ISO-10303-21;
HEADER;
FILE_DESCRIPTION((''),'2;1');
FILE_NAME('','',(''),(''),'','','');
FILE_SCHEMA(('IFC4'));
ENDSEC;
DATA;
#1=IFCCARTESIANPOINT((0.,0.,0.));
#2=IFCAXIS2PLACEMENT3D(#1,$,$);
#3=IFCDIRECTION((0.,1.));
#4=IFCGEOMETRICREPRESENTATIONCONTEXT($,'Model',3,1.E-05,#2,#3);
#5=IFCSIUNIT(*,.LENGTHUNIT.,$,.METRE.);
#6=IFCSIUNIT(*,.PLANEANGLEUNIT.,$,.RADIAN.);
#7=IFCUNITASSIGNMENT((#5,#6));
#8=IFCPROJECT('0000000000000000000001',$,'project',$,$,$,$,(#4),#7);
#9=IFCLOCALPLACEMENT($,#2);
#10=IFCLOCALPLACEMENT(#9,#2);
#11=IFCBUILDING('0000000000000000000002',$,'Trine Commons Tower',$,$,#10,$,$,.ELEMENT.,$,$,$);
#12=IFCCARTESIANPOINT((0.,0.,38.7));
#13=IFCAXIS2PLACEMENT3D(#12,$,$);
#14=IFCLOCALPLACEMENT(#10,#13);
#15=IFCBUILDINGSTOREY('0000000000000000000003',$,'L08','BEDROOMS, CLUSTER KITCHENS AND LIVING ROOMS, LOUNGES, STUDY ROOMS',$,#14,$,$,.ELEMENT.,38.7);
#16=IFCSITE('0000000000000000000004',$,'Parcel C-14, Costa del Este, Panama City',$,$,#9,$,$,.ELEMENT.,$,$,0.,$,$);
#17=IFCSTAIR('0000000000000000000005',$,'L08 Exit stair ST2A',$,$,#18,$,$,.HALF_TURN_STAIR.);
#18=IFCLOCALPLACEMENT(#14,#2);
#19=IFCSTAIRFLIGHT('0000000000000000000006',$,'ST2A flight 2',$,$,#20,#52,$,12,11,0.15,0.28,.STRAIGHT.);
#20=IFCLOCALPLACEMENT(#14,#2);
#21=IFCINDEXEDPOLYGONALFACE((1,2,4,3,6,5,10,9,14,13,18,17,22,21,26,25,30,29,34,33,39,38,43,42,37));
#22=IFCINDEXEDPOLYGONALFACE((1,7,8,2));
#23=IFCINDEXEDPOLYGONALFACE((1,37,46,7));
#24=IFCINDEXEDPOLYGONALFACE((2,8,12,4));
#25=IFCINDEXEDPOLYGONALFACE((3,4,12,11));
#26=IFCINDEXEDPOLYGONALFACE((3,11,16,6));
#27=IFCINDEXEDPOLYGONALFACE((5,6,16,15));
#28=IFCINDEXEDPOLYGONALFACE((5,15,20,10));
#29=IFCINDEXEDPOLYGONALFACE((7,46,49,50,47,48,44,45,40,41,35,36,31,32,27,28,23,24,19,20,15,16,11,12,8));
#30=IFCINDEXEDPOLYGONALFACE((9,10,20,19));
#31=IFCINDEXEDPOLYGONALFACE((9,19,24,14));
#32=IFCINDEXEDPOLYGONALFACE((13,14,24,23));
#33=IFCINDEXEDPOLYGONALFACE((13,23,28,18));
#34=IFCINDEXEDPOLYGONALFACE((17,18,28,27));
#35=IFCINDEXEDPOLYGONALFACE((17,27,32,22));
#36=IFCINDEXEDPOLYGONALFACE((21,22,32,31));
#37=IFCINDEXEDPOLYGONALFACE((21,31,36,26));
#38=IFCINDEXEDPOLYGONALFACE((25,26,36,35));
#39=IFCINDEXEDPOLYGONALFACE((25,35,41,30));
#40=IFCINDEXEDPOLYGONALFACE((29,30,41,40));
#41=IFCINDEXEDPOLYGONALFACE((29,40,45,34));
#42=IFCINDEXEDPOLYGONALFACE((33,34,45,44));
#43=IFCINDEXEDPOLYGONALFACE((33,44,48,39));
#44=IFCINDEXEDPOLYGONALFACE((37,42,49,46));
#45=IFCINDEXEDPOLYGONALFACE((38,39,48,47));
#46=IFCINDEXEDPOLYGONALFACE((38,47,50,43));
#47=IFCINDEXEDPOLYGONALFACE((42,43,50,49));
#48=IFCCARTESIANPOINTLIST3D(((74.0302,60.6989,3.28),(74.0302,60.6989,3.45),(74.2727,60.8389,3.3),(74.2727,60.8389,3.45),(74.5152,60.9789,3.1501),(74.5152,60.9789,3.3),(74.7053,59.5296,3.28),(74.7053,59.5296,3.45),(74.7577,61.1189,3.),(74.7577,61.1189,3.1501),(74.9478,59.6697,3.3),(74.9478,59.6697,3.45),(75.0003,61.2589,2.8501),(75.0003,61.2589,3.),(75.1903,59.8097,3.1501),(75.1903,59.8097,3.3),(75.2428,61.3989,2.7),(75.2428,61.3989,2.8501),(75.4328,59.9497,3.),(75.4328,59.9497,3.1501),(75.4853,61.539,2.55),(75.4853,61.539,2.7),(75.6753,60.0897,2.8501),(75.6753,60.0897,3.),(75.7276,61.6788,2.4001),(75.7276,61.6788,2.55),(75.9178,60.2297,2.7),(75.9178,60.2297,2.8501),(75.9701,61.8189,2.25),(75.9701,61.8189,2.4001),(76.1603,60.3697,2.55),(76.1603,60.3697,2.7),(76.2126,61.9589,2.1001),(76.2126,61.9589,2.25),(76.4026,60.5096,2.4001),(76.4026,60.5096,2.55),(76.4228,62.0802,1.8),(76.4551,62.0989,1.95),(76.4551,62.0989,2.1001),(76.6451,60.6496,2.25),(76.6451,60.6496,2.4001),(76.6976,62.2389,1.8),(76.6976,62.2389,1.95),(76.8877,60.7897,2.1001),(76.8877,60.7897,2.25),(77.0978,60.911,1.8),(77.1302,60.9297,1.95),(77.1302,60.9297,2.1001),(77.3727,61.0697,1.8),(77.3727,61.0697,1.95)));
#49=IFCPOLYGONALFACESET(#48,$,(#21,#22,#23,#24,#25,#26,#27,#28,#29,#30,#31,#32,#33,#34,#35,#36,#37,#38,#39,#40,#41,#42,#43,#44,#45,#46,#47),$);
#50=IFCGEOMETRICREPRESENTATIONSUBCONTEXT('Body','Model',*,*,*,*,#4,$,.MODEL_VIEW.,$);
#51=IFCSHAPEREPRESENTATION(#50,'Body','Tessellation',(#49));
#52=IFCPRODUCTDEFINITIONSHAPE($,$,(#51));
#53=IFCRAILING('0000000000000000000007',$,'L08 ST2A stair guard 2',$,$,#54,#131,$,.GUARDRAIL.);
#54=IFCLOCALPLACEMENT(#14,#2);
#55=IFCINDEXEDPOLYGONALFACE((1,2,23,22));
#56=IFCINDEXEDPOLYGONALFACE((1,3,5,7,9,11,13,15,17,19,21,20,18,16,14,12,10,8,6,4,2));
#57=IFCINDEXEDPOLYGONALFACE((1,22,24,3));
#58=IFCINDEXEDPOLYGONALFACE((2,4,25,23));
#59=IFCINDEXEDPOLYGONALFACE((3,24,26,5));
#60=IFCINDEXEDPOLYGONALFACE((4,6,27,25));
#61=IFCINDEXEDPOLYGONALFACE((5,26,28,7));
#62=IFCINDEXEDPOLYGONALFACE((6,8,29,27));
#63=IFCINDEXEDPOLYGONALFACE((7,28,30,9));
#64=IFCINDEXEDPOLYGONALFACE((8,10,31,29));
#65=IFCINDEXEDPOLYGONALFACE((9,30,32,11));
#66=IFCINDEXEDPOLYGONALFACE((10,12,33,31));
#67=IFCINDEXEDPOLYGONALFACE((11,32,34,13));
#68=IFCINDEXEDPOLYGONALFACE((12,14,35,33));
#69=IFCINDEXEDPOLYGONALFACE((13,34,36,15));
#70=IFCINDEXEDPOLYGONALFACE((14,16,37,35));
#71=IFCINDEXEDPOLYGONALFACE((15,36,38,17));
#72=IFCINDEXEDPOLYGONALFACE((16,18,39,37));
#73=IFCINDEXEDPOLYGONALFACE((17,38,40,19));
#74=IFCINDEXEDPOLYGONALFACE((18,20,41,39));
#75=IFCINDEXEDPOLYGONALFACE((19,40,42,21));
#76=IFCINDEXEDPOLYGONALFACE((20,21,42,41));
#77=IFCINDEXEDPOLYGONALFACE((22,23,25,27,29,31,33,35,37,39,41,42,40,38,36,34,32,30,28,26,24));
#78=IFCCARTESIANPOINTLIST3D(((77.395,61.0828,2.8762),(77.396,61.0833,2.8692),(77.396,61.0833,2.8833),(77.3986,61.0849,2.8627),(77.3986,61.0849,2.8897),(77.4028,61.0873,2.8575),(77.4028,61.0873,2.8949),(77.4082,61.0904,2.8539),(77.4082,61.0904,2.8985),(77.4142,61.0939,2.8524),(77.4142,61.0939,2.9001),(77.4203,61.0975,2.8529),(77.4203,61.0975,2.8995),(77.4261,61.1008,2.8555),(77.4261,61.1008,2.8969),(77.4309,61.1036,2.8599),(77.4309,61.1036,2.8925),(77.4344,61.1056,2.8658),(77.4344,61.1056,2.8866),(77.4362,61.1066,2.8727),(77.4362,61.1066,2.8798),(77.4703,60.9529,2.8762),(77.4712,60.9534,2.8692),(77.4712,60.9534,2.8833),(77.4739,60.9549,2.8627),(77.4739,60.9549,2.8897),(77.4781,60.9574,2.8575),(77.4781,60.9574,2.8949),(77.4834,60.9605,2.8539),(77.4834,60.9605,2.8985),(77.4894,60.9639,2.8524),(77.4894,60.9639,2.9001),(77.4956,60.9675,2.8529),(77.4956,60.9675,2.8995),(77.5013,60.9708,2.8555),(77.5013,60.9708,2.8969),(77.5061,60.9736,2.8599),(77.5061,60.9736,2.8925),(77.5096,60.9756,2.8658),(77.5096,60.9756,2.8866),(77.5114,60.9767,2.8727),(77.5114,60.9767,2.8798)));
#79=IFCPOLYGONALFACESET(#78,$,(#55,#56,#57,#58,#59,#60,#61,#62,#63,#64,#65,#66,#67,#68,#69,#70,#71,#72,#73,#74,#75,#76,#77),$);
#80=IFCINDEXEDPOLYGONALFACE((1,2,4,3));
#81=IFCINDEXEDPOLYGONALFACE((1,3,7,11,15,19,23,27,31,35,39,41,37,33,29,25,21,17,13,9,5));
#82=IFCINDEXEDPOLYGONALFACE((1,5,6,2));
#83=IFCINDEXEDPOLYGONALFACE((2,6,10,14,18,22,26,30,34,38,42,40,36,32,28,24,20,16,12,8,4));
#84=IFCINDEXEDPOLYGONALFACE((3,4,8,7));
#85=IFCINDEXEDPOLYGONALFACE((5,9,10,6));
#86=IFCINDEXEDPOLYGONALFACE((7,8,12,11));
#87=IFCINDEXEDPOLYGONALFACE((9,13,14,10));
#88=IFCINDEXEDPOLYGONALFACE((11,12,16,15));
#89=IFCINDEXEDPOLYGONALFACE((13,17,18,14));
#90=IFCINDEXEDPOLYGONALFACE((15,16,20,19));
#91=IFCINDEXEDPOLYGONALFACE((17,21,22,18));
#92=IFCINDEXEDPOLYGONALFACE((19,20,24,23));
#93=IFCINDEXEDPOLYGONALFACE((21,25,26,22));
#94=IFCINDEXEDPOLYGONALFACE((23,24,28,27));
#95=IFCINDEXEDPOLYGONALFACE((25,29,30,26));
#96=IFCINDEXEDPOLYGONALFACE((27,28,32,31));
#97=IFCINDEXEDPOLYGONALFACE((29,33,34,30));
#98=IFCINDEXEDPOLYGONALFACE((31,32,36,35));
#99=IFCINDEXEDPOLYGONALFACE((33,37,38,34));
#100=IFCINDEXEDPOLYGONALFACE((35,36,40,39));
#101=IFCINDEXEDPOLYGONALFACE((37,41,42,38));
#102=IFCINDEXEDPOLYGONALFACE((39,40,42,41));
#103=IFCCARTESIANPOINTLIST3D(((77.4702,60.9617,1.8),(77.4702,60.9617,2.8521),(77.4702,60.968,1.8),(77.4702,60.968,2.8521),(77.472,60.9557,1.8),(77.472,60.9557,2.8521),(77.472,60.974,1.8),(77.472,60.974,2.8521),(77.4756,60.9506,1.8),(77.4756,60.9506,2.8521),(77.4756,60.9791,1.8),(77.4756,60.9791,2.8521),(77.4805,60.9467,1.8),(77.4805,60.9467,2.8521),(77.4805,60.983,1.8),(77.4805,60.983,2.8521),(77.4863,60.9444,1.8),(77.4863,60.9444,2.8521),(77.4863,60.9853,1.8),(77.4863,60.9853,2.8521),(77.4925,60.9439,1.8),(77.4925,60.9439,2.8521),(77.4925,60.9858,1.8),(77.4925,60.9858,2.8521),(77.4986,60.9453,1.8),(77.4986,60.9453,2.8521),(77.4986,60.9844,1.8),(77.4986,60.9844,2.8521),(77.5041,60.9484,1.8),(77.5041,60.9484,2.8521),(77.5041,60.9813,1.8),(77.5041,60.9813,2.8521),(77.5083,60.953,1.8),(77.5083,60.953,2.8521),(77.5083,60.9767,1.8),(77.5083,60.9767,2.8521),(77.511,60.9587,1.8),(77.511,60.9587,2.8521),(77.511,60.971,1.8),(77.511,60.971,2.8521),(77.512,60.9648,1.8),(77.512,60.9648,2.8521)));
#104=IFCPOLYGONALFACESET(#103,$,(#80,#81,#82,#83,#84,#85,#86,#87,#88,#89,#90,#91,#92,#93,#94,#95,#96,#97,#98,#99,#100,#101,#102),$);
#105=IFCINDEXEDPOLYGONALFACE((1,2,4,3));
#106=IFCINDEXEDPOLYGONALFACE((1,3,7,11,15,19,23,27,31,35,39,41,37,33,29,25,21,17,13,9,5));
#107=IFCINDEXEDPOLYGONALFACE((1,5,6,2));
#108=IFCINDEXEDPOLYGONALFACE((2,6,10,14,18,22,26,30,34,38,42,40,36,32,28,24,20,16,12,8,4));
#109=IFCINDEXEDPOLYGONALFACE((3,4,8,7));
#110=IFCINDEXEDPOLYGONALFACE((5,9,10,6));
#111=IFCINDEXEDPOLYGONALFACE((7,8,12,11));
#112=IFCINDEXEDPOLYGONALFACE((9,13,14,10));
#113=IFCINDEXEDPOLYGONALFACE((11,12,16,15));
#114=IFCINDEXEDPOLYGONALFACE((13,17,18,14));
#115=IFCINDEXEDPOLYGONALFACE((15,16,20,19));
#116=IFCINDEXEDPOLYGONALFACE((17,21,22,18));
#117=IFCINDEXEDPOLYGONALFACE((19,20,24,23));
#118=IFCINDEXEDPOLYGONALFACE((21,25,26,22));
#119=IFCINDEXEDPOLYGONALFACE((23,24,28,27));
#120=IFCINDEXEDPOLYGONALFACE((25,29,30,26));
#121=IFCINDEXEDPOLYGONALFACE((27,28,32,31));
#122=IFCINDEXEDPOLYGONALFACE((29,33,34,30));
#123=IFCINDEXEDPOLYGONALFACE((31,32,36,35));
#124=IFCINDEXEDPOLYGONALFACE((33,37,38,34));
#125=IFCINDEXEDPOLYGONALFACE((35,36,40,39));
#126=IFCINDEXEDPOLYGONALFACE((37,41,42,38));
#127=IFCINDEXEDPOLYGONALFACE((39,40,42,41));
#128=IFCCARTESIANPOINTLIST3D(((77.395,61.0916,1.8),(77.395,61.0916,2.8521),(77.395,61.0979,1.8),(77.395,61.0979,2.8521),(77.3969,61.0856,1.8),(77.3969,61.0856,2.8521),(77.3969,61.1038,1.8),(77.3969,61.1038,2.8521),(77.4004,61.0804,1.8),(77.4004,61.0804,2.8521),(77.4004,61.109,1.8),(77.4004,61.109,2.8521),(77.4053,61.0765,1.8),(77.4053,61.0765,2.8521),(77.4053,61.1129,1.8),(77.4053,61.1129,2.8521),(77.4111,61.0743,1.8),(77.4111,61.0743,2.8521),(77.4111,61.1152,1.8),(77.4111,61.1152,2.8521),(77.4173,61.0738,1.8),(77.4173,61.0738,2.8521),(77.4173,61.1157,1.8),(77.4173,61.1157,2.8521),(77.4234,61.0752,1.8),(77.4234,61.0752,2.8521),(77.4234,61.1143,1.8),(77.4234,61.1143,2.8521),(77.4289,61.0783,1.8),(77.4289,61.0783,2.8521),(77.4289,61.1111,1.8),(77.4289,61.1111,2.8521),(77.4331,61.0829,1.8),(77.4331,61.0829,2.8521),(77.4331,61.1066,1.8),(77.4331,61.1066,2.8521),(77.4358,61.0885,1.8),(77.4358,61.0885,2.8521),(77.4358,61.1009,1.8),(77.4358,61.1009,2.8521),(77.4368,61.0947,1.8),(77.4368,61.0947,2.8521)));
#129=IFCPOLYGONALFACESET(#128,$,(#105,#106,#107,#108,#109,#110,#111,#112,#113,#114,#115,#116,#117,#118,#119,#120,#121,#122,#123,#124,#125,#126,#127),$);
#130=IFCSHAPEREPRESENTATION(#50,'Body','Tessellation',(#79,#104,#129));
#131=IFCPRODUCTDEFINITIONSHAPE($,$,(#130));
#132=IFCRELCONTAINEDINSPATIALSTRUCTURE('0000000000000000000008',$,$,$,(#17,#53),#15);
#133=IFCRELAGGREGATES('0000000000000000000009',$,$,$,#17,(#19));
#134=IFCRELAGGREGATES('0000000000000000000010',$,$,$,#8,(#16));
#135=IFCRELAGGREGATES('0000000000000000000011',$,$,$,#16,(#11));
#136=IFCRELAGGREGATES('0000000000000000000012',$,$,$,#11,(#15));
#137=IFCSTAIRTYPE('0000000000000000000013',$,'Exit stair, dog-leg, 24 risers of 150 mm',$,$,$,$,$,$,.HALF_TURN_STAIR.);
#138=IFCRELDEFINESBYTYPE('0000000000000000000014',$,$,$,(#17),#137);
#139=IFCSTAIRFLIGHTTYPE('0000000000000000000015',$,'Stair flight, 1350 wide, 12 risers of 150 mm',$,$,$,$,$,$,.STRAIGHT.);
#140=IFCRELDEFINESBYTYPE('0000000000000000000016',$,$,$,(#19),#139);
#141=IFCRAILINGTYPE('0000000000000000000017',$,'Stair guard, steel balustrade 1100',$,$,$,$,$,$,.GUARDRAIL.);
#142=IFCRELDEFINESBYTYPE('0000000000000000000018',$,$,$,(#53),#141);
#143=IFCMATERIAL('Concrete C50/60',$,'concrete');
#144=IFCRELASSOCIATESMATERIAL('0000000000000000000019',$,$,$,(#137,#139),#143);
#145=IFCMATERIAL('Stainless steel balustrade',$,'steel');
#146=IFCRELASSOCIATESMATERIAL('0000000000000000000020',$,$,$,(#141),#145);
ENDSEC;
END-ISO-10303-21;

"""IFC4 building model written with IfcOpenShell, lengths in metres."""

from ifc_helpers import new_model, si_unit, direction, frame, origin, origin_2d, place, context, subcontext, project, spatial, polyline, circle, outline, extrude, material, type_object, element, aggregate, save


model = new_model("IFC4")

# Units and contexts
model_context = context("Model", 3, precision=1e-05, world=origin(), true_north=direction((0.0, 1.0)))
body_context = subcontext(model_context, "Body", "Model", "MODEL_VIEW")
ifc_project = project(units=[si_unit("LENGTHUNIT", "METRE"), si_unit("PLANEANGLEUNIT", "RADIAN")], contexts=[model_context])

# Site, building, storey
site_placement = place(None, origin())
site = spatial("IfcSite", under=ifc_project, at=site_placement, Name="Parcel C-14, Costa del Este, Panama City", CompositionType="ELEMENT", RefElevation=0.0)
building_placement = place(site_placement, origin())
building = spatial("IfcBuilding", under=site, at=building_placement, Name="Trine Commons Tower", CompositionType="ELEMENT")
storey_placement = place(building_placement, frame((0.0, 0.0, 38.7)))
storey = spatial("IfcBuildingStorey", under=building, at=storey_placement, Name="L08", Description="BEDROOMS, CLUSTER KITCHENS AND LIVING ROOMS, LOUNGES, STUDY ROOMS", CompositionType="ELEMENT", Elevation=38.7)

# Stair, stair flight
ifc_material_1 = material(Name="Concrete C50/60", Category="concrete")
stair_type = type_object("IfcStairType", Name="Exit stair, dog-leg, 24 risers of 150 mm", PredefinedType="HALF_TURN_STAIR", material=ifc_material_1)
stair_placement = place(storey_placement, origin())
stair = element("IfcStair", 1, at=stair_placement, inside=storey, type_object=stair_type, Name="L08 Exit stair ST2A", PredefinedType="HALF_TURN_STAIR")
stair_flight_type = type_object("IfcStairFlightType", Name="Stair flight, 1350 wide, 12 risers of 150 mm", PredefinedType="STRAIGHT", material=ifc_material_1)
stair_flight_placement = place(storey_placement, frame((77.0352, 61.6543, 1.8), z_axis=(0.0, 0.0, 1.0), x_axis=(-0.866025, -0.5, 0.0)))
stair_flight = element("IfcStairFlight", 2, at=stair_flight_placement, type_object=stair_flight_type, Name="ST2A flight 2", NumberOfRisers=12, NumberOfTreads=11, PredefinedType="STRAIGHT", RiserHeight=0.15, TreadLength=0.28, context=body_context, shape_type="SweptSolid", body=[
    extrude(outline(polyline([(0.0, 0.0), (0.0, 0.1499), (0.28, 0.1499), (0.28, 0.3), (0.5601, 0.3), (0.5601, 0.45), (0.8401, 0.45), (0.8401, 0.6001), (1.1201, 0.6001), (1.1201, 0.75), (1.3999, 0.75), (1.3999, 0.8999), (1.6799, 0.8999), (1.6799, 1.05), (1.96, 1.05), (1.96, 1.2), (2.24, 1.2), (2.24, 1.3501), (2.52, 1.3501), (2.52, 1.5), (2.8, 1.5), (2.8, 1.6499), (3.0801, 1.6499), (3.0801, 1.8), (3.0801, 1.48), (0.3174, 0.0), (0.0, 0.0)])), frame((0.0, 0.675, 0.0), z_axis=(0.0, -1.0, 0.0), x_axis=(1.0, 0.0, 0.0)), (0.0, 0.0, 1.0), 1.3501),
])
aggregate(stair, [stair_flight])

# Railing
ifc_material_2 = material(Name="Stainless steel balustrade", Category="steel")
railing_type_1 = type_object("IfcRailingType", Name="Stair guard, steel balustrade 1100", PredefinedType="GUARDRAIL", material=ifc_material_2)
railing_1_placement = place(storey_placement, frame((77.491, 60.9648, 1.8)))
element("IfcRailing", 3, at=railing_1_placement, inside=storey, type_object=railing_type_1, Name="L08 ST2A stair guard 2", PredefinedType="GUARDRAIL", context=body_context, shape_type="SweptSolid", body=[
    extrude(circle(Radius=0.0239, at=origin_2d()), frame((0.0, 0.0, 1.0762), z_axis=(-0.501036, 0.865426, 0.0), x_axis=(-0.865426, -0.501036, 0.0)), (0.0, 0.0, 1.0), 0.1501),
    extrude(circle(Radius=0.021, at=origin_2d()), origin(), (0.0, 0.0, 1.0), 1.052),
    extrude(circle(Radius=0.021, at=origin_2d()), frame((-0.0752, 0.1299, 0.0)), (0.0, 0.0, 1.0), 1.052),
])

save(model, "model.ifc")
